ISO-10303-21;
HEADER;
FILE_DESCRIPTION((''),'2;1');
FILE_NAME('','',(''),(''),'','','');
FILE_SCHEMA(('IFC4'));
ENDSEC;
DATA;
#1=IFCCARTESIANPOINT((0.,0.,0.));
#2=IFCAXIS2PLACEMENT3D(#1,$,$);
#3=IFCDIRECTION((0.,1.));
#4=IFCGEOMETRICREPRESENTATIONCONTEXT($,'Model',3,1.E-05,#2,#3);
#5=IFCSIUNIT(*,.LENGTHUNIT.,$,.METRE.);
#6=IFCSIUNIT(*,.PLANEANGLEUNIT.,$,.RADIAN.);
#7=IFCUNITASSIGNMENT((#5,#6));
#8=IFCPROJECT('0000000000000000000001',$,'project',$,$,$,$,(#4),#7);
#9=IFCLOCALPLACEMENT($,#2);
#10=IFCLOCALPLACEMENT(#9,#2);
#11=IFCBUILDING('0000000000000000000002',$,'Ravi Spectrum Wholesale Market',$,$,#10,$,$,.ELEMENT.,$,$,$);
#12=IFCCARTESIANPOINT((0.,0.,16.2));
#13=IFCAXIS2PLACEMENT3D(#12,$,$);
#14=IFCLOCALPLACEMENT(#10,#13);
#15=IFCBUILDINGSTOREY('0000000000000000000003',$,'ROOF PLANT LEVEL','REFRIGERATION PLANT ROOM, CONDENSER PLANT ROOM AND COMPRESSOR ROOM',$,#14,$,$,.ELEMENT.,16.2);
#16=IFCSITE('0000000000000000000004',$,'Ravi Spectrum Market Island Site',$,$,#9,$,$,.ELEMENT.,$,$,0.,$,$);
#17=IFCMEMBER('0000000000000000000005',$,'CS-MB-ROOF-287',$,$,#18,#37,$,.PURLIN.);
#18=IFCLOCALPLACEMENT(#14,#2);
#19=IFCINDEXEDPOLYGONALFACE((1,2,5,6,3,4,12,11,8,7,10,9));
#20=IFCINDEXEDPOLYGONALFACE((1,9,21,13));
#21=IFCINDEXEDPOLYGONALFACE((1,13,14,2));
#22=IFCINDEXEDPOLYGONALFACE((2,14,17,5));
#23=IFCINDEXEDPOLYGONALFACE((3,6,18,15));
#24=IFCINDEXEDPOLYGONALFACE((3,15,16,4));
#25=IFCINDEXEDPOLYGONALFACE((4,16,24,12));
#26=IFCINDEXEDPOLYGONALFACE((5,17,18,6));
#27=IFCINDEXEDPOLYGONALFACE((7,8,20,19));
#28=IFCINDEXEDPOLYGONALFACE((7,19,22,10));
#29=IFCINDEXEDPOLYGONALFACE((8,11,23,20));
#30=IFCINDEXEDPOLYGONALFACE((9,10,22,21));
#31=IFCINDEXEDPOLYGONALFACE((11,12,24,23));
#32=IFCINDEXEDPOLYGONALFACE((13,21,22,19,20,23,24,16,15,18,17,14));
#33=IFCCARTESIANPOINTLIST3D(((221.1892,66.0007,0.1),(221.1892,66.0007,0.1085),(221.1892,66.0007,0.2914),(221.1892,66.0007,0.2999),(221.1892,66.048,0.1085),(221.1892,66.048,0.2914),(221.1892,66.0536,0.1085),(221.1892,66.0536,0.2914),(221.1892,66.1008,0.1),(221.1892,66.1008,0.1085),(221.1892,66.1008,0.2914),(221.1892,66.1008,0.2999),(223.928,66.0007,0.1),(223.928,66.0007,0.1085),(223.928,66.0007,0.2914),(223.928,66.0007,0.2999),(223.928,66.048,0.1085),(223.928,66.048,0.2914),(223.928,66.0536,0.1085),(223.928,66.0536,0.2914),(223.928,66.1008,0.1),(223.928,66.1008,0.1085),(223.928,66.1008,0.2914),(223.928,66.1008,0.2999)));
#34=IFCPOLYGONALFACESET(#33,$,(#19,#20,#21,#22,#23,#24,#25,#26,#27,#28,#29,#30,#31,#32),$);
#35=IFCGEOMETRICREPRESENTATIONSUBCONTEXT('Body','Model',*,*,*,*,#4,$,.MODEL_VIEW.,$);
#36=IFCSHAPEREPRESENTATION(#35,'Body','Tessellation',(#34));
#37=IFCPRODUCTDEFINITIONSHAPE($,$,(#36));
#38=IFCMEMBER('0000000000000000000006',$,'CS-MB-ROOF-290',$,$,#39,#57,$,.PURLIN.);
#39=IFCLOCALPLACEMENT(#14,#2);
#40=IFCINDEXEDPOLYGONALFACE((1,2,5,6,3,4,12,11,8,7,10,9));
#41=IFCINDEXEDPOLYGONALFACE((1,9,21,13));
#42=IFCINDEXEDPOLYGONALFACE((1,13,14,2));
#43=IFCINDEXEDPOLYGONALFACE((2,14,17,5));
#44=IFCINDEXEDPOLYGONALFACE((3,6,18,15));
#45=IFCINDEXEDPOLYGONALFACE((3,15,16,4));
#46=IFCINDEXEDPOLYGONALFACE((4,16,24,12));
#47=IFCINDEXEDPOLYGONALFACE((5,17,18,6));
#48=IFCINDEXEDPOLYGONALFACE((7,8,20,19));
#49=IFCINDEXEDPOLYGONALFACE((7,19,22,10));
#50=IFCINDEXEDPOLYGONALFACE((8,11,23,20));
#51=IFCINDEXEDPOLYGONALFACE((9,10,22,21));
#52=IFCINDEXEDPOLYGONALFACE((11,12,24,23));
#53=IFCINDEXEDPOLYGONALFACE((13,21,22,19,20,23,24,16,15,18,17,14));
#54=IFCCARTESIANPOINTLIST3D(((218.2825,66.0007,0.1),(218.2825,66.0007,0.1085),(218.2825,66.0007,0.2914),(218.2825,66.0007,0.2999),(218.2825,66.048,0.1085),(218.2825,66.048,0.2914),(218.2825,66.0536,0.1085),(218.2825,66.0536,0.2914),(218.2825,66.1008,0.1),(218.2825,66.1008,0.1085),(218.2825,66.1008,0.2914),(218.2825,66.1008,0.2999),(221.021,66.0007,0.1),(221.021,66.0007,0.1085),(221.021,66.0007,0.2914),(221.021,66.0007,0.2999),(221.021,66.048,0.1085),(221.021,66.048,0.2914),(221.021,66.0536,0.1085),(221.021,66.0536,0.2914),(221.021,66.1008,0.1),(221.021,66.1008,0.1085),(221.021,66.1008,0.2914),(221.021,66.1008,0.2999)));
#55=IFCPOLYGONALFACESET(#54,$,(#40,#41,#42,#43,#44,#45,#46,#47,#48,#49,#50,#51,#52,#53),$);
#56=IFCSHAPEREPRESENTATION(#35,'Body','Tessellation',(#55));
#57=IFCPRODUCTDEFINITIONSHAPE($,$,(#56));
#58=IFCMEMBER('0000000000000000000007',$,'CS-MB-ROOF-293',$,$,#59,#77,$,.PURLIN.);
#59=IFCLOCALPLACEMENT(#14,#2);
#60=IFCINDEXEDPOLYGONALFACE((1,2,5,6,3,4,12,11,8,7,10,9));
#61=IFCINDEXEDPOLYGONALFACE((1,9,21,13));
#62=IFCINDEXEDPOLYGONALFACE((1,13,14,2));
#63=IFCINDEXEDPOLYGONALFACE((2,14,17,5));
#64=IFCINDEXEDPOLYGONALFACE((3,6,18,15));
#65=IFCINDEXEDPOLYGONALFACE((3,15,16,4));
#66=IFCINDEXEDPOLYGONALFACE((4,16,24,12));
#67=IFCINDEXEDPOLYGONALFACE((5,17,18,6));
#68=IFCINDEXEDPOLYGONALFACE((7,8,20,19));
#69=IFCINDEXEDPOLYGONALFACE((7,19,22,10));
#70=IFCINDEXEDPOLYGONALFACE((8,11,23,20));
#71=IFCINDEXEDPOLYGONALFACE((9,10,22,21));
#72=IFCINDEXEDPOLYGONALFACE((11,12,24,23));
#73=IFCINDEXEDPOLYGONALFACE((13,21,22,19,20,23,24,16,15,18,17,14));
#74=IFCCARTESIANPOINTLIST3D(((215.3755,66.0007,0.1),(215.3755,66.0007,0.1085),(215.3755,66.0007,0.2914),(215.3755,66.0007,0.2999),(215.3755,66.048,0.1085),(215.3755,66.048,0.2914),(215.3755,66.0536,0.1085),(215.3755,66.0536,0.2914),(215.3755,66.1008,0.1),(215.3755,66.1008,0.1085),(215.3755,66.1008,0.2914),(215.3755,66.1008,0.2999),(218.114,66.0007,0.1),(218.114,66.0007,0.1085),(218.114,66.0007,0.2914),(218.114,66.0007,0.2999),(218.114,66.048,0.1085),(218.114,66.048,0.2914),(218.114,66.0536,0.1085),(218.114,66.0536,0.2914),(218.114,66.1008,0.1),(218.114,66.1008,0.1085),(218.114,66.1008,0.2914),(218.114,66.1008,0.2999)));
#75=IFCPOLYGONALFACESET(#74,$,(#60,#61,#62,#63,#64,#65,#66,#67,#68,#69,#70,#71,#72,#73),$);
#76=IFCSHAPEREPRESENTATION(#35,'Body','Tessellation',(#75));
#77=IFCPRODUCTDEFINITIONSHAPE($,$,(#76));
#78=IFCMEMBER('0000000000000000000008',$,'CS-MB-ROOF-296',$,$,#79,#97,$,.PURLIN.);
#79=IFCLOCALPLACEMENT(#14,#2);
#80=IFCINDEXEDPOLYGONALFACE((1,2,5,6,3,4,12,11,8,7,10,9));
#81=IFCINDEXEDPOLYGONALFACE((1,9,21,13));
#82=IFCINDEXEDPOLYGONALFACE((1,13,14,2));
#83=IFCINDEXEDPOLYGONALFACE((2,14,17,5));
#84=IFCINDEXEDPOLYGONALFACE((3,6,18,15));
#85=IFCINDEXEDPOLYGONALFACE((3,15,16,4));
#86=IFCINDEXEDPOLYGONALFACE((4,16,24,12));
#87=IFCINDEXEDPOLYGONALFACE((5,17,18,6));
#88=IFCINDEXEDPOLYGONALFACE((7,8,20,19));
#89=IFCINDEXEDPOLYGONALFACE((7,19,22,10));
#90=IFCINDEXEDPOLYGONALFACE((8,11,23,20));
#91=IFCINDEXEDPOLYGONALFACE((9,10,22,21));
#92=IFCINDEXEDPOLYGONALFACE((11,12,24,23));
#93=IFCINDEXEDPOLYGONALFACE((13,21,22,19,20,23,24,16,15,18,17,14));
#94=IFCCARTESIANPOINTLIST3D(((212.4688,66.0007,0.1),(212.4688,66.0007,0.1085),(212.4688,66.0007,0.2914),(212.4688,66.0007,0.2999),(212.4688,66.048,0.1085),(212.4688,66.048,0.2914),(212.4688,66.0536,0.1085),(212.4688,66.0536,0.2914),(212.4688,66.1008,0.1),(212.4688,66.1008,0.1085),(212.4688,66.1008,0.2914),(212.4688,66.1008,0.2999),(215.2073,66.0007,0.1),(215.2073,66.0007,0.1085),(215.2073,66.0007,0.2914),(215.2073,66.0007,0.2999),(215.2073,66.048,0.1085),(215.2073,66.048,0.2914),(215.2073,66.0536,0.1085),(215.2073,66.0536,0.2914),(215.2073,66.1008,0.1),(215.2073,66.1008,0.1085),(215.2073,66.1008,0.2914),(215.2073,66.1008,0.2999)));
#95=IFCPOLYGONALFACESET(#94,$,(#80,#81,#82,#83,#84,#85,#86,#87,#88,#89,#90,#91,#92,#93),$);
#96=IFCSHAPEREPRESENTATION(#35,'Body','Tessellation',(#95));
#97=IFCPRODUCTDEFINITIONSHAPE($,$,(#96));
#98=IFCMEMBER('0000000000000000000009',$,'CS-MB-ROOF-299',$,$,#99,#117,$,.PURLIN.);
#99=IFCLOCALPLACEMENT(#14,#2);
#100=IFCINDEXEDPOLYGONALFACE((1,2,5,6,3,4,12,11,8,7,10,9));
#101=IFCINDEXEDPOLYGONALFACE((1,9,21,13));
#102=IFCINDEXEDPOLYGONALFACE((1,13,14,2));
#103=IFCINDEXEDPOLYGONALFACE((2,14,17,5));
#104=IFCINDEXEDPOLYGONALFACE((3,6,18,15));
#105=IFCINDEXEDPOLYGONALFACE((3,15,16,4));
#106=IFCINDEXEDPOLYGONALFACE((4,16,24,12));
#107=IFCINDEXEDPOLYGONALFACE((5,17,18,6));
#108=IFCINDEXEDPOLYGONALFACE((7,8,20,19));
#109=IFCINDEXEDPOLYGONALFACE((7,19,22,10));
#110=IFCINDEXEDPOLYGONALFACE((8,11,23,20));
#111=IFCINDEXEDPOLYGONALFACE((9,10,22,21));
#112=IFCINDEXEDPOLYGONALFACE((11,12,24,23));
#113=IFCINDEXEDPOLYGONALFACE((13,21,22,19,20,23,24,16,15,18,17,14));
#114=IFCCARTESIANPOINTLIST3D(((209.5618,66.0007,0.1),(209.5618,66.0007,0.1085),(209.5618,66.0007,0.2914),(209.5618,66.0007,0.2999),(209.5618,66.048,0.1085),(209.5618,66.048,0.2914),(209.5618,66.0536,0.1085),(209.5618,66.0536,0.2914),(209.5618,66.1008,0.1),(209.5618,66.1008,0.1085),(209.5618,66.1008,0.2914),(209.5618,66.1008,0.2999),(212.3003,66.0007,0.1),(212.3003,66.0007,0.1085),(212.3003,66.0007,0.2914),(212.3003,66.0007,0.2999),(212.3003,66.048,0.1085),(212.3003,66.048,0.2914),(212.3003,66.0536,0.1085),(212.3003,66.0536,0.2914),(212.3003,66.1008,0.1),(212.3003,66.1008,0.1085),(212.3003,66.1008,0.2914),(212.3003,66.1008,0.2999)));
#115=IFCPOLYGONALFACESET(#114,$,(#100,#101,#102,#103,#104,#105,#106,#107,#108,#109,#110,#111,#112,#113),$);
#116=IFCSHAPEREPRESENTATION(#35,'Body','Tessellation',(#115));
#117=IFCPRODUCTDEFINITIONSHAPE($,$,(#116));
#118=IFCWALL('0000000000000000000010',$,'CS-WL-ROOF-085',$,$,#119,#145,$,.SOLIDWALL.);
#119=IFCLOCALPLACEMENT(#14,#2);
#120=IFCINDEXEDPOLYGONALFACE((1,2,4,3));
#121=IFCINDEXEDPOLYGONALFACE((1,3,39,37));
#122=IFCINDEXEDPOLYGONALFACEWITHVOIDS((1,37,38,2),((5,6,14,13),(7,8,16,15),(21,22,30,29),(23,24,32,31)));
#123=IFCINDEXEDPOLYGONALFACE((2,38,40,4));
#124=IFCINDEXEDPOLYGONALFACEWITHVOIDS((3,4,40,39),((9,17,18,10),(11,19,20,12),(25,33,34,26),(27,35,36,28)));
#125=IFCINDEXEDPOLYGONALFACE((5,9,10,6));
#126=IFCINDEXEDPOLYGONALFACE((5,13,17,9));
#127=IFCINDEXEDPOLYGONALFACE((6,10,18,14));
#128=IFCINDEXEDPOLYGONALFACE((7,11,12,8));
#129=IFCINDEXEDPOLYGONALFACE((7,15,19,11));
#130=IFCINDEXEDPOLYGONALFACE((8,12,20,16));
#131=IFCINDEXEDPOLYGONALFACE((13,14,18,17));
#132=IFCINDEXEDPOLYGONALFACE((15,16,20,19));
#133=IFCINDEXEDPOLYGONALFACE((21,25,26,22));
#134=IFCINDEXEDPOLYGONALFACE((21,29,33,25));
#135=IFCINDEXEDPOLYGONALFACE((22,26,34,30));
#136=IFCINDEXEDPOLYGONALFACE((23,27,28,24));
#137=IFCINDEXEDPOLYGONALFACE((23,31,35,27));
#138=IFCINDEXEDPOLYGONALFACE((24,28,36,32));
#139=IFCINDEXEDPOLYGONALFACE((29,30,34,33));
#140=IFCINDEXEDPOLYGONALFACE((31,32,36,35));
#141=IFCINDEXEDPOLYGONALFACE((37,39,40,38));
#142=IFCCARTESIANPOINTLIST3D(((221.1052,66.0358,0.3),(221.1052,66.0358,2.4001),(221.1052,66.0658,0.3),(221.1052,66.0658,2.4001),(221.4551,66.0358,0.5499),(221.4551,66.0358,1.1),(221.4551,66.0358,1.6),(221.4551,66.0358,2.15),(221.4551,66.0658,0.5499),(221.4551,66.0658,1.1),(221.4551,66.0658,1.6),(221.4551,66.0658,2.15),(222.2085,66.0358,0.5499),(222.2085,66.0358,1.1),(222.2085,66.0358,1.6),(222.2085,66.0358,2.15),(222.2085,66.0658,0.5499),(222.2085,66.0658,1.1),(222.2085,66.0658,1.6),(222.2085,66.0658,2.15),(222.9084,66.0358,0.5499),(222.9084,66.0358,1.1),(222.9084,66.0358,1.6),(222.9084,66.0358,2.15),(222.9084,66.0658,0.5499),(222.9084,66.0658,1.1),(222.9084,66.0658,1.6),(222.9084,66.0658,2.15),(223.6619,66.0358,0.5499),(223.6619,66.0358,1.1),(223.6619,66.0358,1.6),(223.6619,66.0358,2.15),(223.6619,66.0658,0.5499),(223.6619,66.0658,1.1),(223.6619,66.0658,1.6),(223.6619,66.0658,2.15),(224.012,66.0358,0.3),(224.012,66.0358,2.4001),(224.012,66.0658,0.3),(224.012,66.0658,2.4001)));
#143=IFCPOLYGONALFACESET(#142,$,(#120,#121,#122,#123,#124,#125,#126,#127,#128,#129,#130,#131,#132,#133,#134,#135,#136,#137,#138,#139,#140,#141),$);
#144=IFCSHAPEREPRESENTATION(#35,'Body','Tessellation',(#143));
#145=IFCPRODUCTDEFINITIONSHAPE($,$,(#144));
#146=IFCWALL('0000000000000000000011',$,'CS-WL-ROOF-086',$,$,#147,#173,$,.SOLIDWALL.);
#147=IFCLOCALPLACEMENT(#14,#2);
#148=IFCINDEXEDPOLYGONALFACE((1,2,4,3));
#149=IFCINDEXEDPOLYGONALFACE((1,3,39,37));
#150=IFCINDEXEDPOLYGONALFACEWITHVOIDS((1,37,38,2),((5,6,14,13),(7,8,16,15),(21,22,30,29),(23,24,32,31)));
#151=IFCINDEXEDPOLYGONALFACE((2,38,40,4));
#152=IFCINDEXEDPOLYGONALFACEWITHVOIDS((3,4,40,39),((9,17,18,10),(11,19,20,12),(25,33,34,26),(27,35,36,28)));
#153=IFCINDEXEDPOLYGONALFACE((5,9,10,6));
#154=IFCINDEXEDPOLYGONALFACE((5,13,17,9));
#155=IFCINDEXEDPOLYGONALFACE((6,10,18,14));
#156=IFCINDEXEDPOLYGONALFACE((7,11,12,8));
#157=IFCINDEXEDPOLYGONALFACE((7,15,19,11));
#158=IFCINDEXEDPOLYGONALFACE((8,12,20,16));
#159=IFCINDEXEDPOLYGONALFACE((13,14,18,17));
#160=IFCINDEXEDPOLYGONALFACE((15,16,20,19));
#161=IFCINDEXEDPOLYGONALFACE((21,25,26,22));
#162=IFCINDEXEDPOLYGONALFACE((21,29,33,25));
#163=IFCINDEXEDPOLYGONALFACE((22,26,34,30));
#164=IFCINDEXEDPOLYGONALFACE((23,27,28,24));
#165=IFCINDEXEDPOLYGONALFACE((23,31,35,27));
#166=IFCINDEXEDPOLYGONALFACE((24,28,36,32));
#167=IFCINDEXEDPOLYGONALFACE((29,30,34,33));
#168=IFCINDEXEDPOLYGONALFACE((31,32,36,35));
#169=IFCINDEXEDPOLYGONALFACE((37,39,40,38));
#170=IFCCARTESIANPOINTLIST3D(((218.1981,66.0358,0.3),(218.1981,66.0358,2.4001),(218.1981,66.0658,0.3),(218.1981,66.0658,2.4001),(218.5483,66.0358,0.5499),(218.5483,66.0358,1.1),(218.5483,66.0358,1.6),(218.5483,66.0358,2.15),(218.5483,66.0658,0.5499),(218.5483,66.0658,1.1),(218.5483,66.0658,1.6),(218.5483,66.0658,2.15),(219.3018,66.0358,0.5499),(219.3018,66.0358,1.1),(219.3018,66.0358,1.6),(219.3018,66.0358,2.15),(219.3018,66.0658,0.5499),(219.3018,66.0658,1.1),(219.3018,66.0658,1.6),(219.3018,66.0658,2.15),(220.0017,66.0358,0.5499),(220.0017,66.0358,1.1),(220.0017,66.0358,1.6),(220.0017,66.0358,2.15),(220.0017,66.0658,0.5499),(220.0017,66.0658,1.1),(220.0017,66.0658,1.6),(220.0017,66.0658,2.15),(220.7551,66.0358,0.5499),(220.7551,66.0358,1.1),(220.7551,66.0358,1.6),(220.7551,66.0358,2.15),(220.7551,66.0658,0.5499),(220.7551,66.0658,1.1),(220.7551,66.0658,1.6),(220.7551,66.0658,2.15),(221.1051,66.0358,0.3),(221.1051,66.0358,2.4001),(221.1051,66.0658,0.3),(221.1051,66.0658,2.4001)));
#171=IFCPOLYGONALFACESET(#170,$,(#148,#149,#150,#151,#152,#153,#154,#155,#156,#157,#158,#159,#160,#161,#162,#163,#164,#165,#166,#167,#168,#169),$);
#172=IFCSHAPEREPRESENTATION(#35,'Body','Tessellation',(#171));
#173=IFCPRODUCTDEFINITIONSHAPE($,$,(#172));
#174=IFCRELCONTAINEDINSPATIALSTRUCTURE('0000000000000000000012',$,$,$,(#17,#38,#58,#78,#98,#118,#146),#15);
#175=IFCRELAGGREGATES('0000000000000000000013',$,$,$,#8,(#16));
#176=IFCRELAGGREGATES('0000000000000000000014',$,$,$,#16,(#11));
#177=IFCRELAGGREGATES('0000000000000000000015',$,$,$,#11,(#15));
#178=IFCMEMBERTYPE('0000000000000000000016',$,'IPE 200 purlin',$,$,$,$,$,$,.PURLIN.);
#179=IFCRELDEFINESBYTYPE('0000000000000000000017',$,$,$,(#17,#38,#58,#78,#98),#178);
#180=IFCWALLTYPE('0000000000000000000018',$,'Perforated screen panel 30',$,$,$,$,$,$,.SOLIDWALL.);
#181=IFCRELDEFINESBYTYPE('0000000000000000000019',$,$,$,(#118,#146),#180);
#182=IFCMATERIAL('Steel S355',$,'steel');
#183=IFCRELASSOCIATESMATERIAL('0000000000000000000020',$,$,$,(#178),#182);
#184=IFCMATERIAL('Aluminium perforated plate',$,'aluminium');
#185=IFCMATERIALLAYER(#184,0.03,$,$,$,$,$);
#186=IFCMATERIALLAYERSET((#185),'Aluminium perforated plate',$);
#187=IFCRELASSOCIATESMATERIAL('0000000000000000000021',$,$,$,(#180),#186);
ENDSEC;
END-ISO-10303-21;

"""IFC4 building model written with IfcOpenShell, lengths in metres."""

from ifc_helpers import new_model, si_unit, direction, frame, frame_2d, origin, origin_2d, place, context, subcontext, project, spatial, rectangle, i_section, extrude, material, layer, layer_set, material_profile, profile_set, type_object, element, save


model = new_model("IFC4")

# Units and contexts
model_context = context("Model", 3, precision=1e-05, world=origin(), true_north=direction((0.0, 1.0)))
body_context = subcontext(model_context, "Body", "Model", "MODEL_VIEW")
ifc_project = project(units=[si_unit("LENGTHUNIT", "METRE"), si_unit("PLANEANGLEUNIT", "RADIAN")], contexts=[model_context])

# Site, building, storey
site_placement = place(None, origin())
site = spatial("IfcSite", under=ifc_project, at=site_placement, Name="Ravi Spectrum Market Island Site", CompositionType="ELEMENT", RefElevation=0.0)
building_placement = place(site_placement, origin())
building = spatial("IfcBuilding", under=site, at=building_placement, Name="Ravi Spectrum Wholesale Market", CompositionType="ELEMENT")
storey_placement = place(building_placement, frame((0.0, 0.0, 16.2)))
storey = spatial("IfcBuildingStorey", under=building, at=storey_placement, Name="ROOF PLANT LEVEL", Description="REFRIGERATION PLANT ROOM, CONDENSER PLANT ROOM AND COMPRESSOR ROOM", CompositionType="ELEMENT", Elevation=16.2)

# Members
ifc_material_1 = material(Name="Steel S355", Category="steel")
ifc_material_profile = material_profile(ifc_material_1, i_section(OverallWidth=0.1001, OverallDepth=0.2, WebThickness=0.0056, FlangeThickness=0.0085, at=origin_2d()))
ifc_profile_set = profile_set([ifc_material_profile], Name="Steel S355")
member_type = type_object("IfcMemberType", Name="IPE 200 purlin", PredefinedType="PURLIN", material=ifc_profile_set)
member_placement = place(storey_placement, frame((223.928, 66.0508, 0.2), z_axis=(-1.0, 0.0, 0.0), x_axis=(0.0, -1.0, 0.0)))
element("IfcMember", 1, at=member_placement, inside=storey, type_object=member_type, Name="CS-MB-ROOF-287", PredefinedType="PURLIN", context=body_context, shape_type="SweptSolid", body=[
    extrude(i_section(OverallWidth=0.1001, OverallDepth=0.2, WebThickness=0.0056, FlangeThickness=0.0085, at=origin_2d()), origin(), (0.0, 0.0, 1.0), 2.7388),
])
for number, where, z_axis, x_axis, name in (
    (2, (221.021, 66.0508, 0.2), (-1.0, 0.0, 0.0), (0.0, -1.0, 0.0), "CS-MB-ROOF-290"),
    (3, (218.114, 66.0508, 0.2), (-1.0, 0.0, 0.0), (0.0, -1.0, 0.0), "CS-MB-ROOF-293"),
    (4, (215.2073, 66.0508, 0.2), (-1.0, 0.0, 0.0), (0.0, -1.0, 0.0), "CS-MB-ROOF-296"),
    (5, (212.3003, 66.0508, 0.2), (-1.0, 0.0, 0.0), (0.0, -1.0, 0.0), "CS-MB-ROOF-299"),
):
    element("IfcMember", number, at=place(storey_placement, frame(where, z_axis=z_axis, x_axis=x_axis)), inside=storey, type_object=member_type, Name=name, PredefinedType="PURLIN", context=body_context, shape_type="SweptSolid", body=[
        extrude(i_section(OverallWidth=0.1001, OverallDepth=0.2, WebThickness=0.0056, FlangeThickness=0.0085, at=origin_2d()), origin(), (0.0, 0.0, 1.0), 2.7385),
    ])

# Walls, openings
ifc_material_2 = material(Name="Aluminium perforated plate", Category="aluminium")
ifc_layer = layer(ifc_material_2, 0.03)
ifc_layer_set = layer_set([ifc_layer], Name="Aluminium perforated plate")
wall_type = type_object("IfcWallType", Name="Perforated screen panel 30", PredefinedType="SOLIDWALL", material=ifc_layer_set)
wall_1_placement = place(storey_placement, frame((224.012, 66.0508, 0.3), z_axis=(0.0, 0.0, 1.0), x_axis=(-1.0, 0.0, 0.0)))
wall_1 = element("IfcWall", 6, at=wall_1_placement, inside=storey, type_object=wall_type, Name="CS-WL-ROOF-085", PredefinedType="SOLIDWALL", context=body_context, shape_type="SweptSolid", body=[
    extrude(rectangle(XDim=2.9067, YDim=0.03, at=frame_2d((1.4534, 0.0))), origin(), (0.0, 0.0, 1.0), 2.1001),
])
opening_1_placement = place(wall_1_placement, frame((0.3501, 0.0, 0.25)))
element("IfcOpeningElement", 7, at=opening_1_placement, cuts=wall_1, PredefinedType="OPENING", context=body_context, shape_type="SweptSolid", body=[
    extrude(rectangle(XDim=0.7534, YDim=0.55, at=frame_2d((0.3767, 0.2749))), frame((0.0, 0.0249, 0.0), z_axis=(0.0, -1.0, 0.0), x_axis=(1.0, 0.0, 0.0)), (0.0, 0.0, 1.0), 0.05),
])
opening_2_placement = place(wall_1_placement, frame((0.3501, 0.0, 1.3)))
element("IfcOpeningElement", 8, at=opening_2_placement, cuts=wall_1, PredefinedType="OPENING", context=body_context, shape_type="SweptSolid", body=[
    extrude(rectangle(XDim=0.7534, YDim=0.55, at=frame_2d((0.3767, 0.2749))), frame((0.0, 0.0249, 0.0), z_axis=(0.0, -1.0, 0.0), x_axis=(1.0, 0.0, 0.0)), (0.0, 0.0, 1.0), 0.05),
])
opening_3_placement = place(wall_1_placement, frame((1.8035, 0.0, 0.25)))
element("IfcOpeningElement", 9, at=opening_3_placement, cuts=wall_1, PredefinedType="OPENING", context=body_context, shape_type="SweptSolid", body=[
    extrude(rectangle(XDim=0.7534, YDim=0.55, at=frame_2d((0.3767, 0.2749))), frame((0.0, 0.0249, 0.0), z_axis=(0.0, -1.0, 0.0), x_axis=(1.0, 0.0, 0.0)), (0.0, 0.0, 1.0), 0.05),
])
opening_4_placement = place(wall_1_placement, frame((1.8035, 0.0, 1.3)))
element("IfcOpeningElement", 10, at=opening_4_placement, cuts=wall_1, PredefinedType="OPENING", context=body_context, shape_type="SweptSolid", body=[
    extrude(rectangle(XDim=0.7534, YDim=0.55, at=frame_2d((0.3767, 0.2749))), frame((0.0, 0.0249, 0.0), z_axis=(0.0, -1.0, 0.0), x_axis=(1.0, 0.0, 0.0)), (0.0, 0.0, 1.0), 0.05),
])
wall_2_placement = place(storey_placement, frame((221.1052, 66.0508, 0.3), z_axis=(0.0, 0.0, 1.0), x_axis=(-1.0, 0.0, 0.0)))
wall_2 = element("IfcWall", 11, at=wall_2_placement, inside=storey, type_object=wall_type, Name="CS-WL-ROOF-086", PredefinedType="SOLIDWALL", context=body_context, shape_type="SweptSolid", body=[
    extrude(rectangle(XDim=2.907, YDim=0.03, at=frame_2d((1.4536, 0.0))), origin(), (0.0, 0.0, 1.0), 2.1001),
])
opening_5_placement = place(wall_2_placement, frame((0.3501, 0.0, 0.25)))
element("IfcOpeningElement", 12, at=opening_5_placement, cuts=wall_2, PredefinedType="OPENING", context=body_context, shape_type="SweptSolid", body=[
    extrude(rectangle(XDim=0.7534, YDim=0.55, at=frame_2d((0.3767, 0.2749))), frame((0.0, 0.0249, 0.0), z_axis=(0.0, -1.0, 0.0), x_axis=(1.0, 0.0, 0.0)), (0.0, 0.0, 1.0), 0.05),
])
opening_6_placement = place(wall_2_placement, frame((0.3501, 0.0, 1.3)))
element("IfcOpeningElement", 13, at=opening_6_placement, cuts=wall_2, PredefinedType="OPENING", context=body_context, shape_type="SweptSolid", body=[
    extrude(rectangle(XDim=0.7534, YDim=0.55, at=frame_2d((0.3767, 0.2749))), frame((0.0, 0.0249, 0.0), z_axis=(0.0, -1.0, 0.0), x_axis=(1.0, 0.0, 0.0)), (0.0, 0.0, 1.0), 0.05),
])
opening_7_placement = place(wall_2_placement, frame((1.8035, 0.0, 0.25)))
element("IfcOpeningElement", 14, at=opening_7_placement, cuts=wall_2, PredefinedType="OPENING", context=body_context, shape_type="SweptSolid", body=[
    extrude(rectangle(XDim=0.7534, YDim=0.55, at=frame_2d((0.3767, 0.2749))), frame((0.0, 0.0249, 0.0), z_axis=(0.0, -1.0, 0.0), x_axis=(1.0, 0.0, 0.0)), (0.0, 0.0, 1.0), 0.05),
])
opening_8_placement = place(wall_2_placement, frame((1.8035, 0.0, 1.3)))
element("IfcOpeningElement", 15, at=opening_8_placement, cuts=wall_2, PredefinedType="OPENING", context=body_context, shape_type="SweptSolid", body=[
    extrude(rectangle(XDim=0.7534, YDim=0.55, at=frame_2d((0.3767, 0.2749))), frame((0.0, 0.0249, 0.0), z_axis=(0.0, -1.0, 0.0), x_axis=(1.0, 0.0, 0.0)), (0.0, 0.0, 1.0), 0.05),
])

save(model, "model.ifc")
